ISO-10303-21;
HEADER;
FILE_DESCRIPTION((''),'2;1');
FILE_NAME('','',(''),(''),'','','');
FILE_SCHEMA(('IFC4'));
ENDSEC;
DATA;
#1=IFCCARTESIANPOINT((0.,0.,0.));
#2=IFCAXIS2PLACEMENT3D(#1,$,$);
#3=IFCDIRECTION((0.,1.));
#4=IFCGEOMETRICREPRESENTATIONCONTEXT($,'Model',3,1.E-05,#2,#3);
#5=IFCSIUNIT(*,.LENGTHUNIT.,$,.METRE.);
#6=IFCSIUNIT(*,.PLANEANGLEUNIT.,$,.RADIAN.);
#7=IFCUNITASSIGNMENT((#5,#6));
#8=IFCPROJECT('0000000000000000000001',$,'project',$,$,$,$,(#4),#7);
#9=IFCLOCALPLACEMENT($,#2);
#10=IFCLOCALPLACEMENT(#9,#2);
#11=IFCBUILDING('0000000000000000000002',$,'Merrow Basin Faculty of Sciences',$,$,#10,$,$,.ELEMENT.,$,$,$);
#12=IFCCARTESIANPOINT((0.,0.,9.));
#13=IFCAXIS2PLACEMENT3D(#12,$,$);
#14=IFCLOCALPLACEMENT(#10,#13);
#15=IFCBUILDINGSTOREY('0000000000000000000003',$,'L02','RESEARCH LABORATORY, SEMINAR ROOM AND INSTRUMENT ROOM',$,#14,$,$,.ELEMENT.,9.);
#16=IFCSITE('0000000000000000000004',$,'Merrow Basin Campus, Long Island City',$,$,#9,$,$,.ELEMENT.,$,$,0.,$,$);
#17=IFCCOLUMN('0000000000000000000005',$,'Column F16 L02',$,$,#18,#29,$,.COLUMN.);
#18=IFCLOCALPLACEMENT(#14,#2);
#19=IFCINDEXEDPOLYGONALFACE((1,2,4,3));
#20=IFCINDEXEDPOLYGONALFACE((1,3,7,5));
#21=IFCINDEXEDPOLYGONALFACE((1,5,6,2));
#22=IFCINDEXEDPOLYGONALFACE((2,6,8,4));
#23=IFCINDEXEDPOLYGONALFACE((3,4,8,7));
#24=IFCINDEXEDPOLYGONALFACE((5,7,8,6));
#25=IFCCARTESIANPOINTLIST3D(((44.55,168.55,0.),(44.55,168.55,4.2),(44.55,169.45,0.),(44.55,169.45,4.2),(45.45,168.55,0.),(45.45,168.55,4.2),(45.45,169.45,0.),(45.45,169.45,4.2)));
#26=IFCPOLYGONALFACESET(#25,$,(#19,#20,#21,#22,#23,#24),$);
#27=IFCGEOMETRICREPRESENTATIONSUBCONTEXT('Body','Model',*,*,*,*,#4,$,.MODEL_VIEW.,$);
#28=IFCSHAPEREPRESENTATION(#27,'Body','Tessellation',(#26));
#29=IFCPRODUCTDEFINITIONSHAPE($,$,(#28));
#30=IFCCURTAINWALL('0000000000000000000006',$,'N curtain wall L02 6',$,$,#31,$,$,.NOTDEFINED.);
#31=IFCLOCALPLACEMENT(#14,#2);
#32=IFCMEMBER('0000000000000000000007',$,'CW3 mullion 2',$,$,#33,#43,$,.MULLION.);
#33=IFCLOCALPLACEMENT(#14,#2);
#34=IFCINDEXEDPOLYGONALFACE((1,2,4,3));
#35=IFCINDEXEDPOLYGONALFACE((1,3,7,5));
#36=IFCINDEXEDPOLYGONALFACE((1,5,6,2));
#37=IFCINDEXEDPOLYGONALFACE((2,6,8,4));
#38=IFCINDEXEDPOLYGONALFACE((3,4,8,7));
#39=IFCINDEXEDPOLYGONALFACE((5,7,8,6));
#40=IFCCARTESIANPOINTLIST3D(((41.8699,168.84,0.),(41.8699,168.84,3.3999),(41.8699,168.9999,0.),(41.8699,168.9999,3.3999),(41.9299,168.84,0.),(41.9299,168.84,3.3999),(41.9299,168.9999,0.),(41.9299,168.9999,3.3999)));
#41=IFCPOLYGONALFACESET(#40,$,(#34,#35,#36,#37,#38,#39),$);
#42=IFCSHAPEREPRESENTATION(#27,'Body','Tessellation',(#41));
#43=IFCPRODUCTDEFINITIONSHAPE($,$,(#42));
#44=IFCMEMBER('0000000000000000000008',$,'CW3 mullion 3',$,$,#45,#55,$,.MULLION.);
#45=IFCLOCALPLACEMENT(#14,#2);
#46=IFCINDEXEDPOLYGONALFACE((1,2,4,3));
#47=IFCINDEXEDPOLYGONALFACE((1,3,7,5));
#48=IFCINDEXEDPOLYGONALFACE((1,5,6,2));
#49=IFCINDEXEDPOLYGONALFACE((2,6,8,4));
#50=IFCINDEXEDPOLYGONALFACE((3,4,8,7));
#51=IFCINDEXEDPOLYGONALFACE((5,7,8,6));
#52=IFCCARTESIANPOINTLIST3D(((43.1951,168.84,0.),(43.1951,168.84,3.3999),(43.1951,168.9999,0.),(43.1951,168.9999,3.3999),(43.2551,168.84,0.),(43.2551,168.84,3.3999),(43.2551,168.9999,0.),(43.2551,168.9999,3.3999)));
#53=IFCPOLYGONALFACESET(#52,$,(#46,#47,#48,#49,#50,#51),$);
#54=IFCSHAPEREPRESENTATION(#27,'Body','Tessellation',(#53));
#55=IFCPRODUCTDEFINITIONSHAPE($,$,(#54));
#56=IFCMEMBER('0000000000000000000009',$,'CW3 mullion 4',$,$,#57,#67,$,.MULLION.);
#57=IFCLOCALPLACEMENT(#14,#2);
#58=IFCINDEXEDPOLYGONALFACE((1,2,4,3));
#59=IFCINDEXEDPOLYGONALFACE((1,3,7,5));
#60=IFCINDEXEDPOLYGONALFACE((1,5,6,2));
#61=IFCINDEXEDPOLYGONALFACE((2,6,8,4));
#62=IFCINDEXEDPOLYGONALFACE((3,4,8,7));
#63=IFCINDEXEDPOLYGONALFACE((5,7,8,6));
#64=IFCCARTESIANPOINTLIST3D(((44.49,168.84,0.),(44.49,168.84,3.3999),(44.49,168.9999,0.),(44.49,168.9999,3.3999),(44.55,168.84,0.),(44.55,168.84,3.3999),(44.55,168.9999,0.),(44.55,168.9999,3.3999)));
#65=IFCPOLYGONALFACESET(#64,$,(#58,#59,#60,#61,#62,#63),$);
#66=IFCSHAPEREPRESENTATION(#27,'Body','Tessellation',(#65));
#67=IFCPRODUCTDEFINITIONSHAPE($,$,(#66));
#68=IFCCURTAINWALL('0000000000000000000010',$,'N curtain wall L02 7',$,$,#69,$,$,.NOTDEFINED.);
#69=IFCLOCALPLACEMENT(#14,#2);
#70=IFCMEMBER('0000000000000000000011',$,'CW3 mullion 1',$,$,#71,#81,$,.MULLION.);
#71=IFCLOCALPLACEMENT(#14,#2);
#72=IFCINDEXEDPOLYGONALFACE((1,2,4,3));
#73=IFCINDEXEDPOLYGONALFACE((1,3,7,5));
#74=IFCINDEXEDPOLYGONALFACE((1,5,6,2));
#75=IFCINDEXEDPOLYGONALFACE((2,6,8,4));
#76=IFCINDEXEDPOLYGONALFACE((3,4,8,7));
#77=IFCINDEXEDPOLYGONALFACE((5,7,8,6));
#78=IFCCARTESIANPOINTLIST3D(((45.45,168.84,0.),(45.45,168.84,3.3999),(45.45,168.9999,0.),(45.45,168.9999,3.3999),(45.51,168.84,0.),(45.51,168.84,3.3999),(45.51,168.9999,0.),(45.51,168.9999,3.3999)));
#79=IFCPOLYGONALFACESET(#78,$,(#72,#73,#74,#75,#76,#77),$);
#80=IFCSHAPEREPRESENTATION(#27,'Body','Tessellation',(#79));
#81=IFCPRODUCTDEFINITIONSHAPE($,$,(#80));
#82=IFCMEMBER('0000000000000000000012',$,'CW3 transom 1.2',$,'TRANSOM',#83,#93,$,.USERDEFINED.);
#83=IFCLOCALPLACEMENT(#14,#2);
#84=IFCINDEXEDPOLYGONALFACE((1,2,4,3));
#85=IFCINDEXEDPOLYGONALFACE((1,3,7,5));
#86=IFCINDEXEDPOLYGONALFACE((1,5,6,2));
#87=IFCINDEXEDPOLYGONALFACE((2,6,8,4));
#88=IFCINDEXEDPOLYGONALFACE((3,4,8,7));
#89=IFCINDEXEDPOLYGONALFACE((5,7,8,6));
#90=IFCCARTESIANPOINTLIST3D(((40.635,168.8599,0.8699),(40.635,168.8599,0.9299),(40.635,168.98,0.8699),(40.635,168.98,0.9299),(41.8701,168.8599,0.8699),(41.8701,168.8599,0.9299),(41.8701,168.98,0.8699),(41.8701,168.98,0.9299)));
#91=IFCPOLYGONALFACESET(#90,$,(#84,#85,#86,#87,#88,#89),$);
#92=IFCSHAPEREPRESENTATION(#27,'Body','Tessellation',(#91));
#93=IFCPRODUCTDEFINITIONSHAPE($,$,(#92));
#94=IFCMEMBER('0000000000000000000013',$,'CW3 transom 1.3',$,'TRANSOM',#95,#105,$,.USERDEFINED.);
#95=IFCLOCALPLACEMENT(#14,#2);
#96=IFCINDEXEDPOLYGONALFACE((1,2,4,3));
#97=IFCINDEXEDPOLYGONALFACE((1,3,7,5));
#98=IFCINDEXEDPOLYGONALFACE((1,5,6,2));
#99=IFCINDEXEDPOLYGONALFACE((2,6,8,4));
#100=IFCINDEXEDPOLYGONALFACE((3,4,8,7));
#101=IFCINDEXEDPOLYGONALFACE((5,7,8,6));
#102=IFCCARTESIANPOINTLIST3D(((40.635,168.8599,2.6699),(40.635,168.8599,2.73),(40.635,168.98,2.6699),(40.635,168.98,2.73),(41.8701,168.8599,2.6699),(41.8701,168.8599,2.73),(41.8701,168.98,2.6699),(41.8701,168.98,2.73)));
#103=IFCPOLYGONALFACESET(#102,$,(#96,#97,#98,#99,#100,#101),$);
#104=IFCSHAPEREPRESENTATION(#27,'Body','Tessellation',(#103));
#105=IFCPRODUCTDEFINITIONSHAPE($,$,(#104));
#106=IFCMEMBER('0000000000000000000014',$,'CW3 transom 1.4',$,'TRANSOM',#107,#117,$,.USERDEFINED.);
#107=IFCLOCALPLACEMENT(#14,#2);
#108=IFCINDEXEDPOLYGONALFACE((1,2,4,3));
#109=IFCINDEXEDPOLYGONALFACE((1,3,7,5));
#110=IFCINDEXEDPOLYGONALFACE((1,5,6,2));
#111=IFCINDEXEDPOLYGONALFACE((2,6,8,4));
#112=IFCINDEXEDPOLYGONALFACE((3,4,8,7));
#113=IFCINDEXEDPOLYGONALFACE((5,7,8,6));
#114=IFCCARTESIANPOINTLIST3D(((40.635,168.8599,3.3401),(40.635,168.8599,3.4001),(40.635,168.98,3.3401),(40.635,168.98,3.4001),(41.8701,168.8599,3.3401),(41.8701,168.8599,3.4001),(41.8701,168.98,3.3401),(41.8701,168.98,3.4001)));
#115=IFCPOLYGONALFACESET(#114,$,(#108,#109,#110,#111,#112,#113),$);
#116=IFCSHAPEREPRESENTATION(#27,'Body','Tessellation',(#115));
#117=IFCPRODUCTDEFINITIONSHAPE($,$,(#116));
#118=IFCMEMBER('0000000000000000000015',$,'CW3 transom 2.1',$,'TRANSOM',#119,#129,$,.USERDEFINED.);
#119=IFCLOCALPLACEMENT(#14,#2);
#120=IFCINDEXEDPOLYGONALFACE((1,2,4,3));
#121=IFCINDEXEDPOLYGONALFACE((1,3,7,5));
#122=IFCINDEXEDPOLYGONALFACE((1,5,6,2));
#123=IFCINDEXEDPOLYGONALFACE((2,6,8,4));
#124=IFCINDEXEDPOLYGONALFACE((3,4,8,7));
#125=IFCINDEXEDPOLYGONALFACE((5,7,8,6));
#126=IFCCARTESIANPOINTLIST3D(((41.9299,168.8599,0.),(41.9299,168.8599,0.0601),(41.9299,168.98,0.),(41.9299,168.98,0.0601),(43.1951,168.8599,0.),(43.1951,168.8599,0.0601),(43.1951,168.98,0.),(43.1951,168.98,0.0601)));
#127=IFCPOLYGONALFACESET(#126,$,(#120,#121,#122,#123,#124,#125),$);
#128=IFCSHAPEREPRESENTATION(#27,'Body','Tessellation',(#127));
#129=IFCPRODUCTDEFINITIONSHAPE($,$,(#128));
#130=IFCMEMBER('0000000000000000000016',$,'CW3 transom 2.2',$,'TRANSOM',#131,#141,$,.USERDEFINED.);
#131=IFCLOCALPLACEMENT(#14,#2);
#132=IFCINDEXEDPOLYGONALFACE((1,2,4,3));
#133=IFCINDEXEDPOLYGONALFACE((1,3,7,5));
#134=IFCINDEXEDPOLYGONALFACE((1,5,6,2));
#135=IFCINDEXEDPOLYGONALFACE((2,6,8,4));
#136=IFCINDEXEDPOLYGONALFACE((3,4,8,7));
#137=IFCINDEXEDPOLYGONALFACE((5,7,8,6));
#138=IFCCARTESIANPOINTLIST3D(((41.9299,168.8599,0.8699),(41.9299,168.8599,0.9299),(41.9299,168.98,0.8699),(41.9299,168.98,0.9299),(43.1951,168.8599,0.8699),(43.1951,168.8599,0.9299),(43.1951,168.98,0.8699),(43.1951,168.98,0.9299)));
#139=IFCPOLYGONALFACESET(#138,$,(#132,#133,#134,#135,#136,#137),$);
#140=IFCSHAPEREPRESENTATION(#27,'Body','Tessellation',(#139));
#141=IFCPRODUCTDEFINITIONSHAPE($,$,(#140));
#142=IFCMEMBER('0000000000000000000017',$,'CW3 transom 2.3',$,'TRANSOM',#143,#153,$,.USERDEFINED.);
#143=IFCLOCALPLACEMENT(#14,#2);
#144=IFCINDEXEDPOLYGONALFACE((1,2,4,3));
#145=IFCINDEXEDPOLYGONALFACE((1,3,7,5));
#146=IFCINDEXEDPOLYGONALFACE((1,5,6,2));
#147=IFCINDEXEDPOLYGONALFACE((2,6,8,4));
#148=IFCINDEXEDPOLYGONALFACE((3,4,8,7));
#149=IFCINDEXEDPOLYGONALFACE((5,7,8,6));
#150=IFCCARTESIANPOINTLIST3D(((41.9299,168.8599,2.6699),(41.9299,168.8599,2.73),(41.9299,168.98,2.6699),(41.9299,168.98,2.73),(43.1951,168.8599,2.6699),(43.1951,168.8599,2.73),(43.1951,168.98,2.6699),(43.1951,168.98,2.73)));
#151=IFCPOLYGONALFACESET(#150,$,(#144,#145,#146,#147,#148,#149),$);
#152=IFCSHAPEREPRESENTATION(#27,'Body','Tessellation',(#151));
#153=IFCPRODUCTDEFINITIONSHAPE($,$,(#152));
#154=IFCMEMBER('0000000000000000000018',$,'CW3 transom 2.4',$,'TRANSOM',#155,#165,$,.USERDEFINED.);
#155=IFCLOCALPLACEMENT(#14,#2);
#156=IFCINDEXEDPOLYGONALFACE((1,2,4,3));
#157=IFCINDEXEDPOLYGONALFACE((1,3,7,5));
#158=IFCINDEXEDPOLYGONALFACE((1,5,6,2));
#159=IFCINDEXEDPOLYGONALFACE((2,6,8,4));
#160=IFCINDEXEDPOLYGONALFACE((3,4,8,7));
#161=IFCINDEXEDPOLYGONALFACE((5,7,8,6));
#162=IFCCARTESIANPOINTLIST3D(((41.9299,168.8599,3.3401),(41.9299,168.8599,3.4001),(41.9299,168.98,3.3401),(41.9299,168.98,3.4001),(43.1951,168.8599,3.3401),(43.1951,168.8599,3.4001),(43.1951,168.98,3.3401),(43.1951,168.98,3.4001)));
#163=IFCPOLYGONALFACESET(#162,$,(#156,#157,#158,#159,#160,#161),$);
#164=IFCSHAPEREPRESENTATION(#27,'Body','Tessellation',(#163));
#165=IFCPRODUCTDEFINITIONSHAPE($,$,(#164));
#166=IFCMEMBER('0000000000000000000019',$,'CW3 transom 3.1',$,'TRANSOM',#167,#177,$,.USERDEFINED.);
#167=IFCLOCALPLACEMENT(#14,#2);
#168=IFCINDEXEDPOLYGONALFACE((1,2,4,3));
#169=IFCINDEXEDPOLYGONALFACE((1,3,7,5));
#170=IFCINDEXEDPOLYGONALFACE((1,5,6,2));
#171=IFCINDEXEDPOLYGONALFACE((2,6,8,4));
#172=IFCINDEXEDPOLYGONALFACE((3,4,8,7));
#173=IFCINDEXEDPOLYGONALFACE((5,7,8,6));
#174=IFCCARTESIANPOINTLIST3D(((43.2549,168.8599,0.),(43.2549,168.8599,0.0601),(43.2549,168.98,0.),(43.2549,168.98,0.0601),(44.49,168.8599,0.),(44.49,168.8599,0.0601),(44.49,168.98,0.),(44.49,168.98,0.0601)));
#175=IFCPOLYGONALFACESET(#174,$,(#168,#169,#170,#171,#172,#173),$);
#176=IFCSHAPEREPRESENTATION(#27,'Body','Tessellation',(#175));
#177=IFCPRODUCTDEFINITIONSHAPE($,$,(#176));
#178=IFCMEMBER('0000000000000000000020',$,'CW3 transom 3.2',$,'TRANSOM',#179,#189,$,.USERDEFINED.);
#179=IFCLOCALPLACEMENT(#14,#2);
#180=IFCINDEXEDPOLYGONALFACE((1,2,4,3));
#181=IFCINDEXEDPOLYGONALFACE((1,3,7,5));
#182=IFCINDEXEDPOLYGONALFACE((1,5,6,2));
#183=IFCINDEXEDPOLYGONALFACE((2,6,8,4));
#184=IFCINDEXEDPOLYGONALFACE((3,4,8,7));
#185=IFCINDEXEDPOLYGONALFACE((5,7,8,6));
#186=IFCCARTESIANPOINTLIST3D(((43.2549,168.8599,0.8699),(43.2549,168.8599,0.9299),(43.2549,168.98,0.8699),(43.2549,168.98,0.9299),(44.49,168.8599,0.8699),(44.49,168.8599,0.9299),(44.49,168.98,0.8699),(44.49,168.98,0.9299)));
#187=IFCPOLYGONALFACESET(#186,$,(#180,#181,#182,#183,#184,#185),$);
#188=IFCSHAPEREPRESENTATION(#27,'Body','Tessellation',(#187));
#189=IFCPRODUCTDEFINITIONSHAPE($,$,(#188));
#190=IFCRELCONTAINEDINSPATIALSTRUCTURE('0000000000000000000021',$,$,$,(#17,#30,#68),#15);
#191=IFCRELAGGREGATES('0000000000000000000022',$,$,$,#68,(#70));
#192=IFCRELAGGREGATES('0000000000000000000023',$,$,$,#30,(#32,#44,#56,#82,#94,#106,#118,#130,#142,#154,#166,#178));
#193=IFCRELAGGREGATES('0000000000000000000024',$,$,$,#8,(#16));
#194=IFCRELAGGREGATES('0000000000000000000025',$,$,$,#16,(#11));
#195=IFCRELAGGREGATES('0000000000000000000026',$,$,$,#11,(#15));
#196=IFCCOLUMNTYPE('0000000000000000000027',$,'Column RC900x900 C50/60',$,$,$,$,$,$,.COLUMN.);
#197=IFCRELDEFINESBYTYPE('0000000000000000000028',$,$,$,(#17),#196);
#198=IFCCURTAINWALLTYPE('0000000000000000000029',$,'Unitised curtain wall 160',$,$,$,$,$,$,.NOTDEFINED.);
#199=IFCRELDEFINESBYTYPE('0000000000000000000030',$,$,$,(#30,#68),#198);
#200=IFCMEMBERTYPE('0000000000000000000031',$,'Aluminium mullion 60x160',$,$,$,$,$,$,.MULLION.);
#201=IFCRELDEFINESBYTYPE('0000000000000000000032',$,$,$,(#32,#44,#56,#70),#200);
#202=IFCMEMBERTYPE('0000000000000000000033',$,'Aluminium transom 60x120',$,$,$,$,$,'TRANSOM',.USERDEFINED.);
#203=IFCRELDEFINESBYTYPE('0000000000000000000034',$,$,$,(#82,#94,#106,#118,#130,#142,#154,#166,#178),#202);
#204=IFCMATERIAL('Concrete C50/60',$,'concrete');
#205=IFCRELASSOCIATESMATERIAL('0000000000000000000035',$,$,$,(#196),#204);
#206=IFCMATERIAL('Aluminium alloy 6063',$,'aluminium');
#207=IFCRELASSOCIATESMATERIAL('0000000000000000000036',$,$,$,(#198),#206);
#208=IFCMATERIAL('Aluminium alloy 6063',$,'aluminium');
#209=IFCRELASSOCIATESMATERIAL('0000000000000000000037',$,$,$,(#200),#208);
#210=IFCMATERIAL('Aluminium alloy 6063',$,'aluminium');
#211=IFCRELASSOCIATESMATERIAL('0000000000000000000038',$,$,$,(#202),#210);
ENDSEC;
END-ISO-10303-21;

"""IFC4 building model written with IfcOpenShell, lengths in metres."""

from ifc_helpers import new_model, si_unit, direction, frame, origin, origin_2d, place, context, subcontext, project, spatial, rectangle, extrude, material, material_profile, profile_set, type_object, element, aggregate, save


model = new_model("IFC4")

# Units and contexts
model_context = context("Model", 3, precision=1e-05, world=origin(), true_north=direction((0.0, 1.0)))
body_context = subcontext(model_context, "Body", "Model", "MODEL_VIEW")
ifc_project = project(units=[si_unit("LENGTHUNIT", "METRE"), si_unit("PLANEANGLEUNIT", "RADIAN")], contexts=[model_context])

# Site, building, storey
site_placement = place(None, origin())
site = spatial("IfcSite", under=ifc_project, at=site_placement, Name="Merrow Basin Campus, Long Island City", CompositionType="ELEMENT", RefElevation=0.0)
building_placement = place(site_placement, origin())
building = spatial("IfcBuilding", under=site, at=building_placement, Name="Merrow Basin Faculty of Sciences", CompositionType="ELEMENT")
storey_placement = place(building_placement, frame((0.0, 0.0, 9.0)))
storey = spatial("IfcBuildingStorey", under=building, at=storey_placement, Name="L02", Description="RESEARCH LABORATORY, SEMINAR ROOM AND INSTRUMENT ROOM", CompositionType="ELEMENT", Elevation=9.0)

# Column
ifc_material_1 = material(Name="Concrete C50/60", Category="concrete")
ifc_material_profile_1 = material_profile(ifc_material_1, rectangle(XDim=0.8999, YDim=0.8999, at=origin_2d()))
ifc_profile_set_1 = profile_set([ifc_material_profile_1], Name="Concrete C50/60")
column_type = type_object("IfcColumnType", Name="Column RC900x900 C50/60", PredefinedType="COLUMN", material=ifc_profile_set_1)
column_placement = place(storey_placement, frame((45.0, 169.0, 0.0), z_axis=(0.0, 0.0, 1.0), x_axis=(1.0, 0.0, 0.0)))
element("IfcColumn", 1, at=column_placement, inside=storey, type_object=column_type, Name="Column F16 L02", PredefinedType="COLUMN", context=body_context, shape_type="SweptSolid", body=[
    extrude(rectangle(XDim=0.8999, YDim=0.8999, at=origin_2d()), origin(), (0.0, 0.0, 1.0), 4.2),
])

# Curtain wall, members
ifc_material_2 = material(Name="Aluminium alloy 6063", Category="aluminium")
curtain_wall_type = type_object("IfcCurtainWallType", Name="Unitised curtain wall 160", PredefinedType="NOTDEFINED", material=ifc_material_2)
curtain_wall_1_placement = place(storey_placement, origin())
curtain_wall_1 = element("IfcCurtainWall", 2, at=curtain_wall_1_placement, inside=storey, type_object=curtain_wall_type, Name="N curtain wall L02 6", PredefinedType="NOTDEFINED")
ifc_material_3 = material(Name="Aluminium alloy 6063", Category="aluminium")
ifc_material_profile_2 = material_profile(ifc_material_3, rectangle(XDim=0.1599, YDim=0.0601, at=origin_2d()))
ifc_profile_set_2 = profile_set([ifc_material_profile_2], Name="Aluminium alloy 6063")
member_type_1 = type_object("IfcMemberType", Name="Aluminium mullion 60x160", PredefinedType="MULLION", material=ifc_profile_set_2)
member_1_placement = place(storey_placement, frame((41.8999, 168.9199, 0.0), z_axis=(0.0, 0.0, 1.0), x_axis=(0.0, 1.0, 0.0)))
member_1 = element("IfcMember", 3, at=member_1_placement, type_object=member_type_1, Name="CW3 mullion 2", PredefinedType="MULLION", context=body_context, shape_type="SweptSolid", body=[
    extrude(rectangle(XDim=0.1599, YDim=0.0601, at=origin_2d()), origin(), (0.0, 0.0, 1.0), 3.3999),
])
member_2_placement = place(storey_placement, frame((43.2251, 168.9199, 0.0), z_axis=(0.0, 0.0, 1.0), x_axis=(0.0, 1.0, 0.0)))
member_2 = element("IfcMember", 4, at=member_2_placement, type_object=member_type_1, Name="CW3 mullion 3", PredefinedType="MULLION", context=body_context, shape_type="SweptSolid", body=[
    extrude(rectangle(XDim=0.1599, YDim=0.0601, at=origin_2d()), origin(), (0.0, 0.0, 1.0), 3.3999),
])
member_3_placement = place(storey_placement, frame((44.52, 168.9199, 0.0), z_axis=(0.0, 0.0, 1.0), x_axis=(0.0, 1.0, 0.0)))
member_3 = element("IfcMember", 5, at=member_3_placement, type_object=member_type_1, Name="CW3 mullion 4", PredefinedType="MULLION", context=body_context, shape_type="SweptSolid", body=[
    extrude(rectangle(XDim=0.1599, YDim=0.0601, at=origin_2d()), origin(), (0.0, 0.0, 1.0), 3.3999),
])

# Curtain wall, member
curtain_wall_2_placement = place(storey_placement, origin())
curtain_wall_2 = element("IfcCurtainWall", 6, at=curtain_wall_2_placement, inside=storey, type_object=curtain_wall_type, Name="N curtain wall L02 7", PredefinedType="NOTDEFINED")
member_4_placement = place(storey_placement, frame((45.48, 168.9199, 0.0), z_axis=(0.0, 0.0, 1.0), x_axis=(0.0, 1.0, 0.0)))
member_4 = element("IfcMember", 7, at=member_4_placement, type_object=member_type_1, Name="CW3 mullion 1", PredefinedType="MULLION", context=body_context, shape_type="SweptSolid", body=[
    extrude(rectangle(XDim=0.1599, YDim=0.0601, at=origin_2d()), origin(), (0.0, 0.0, 1.0), 3.3999),
])

# Members
ifc_material_4 = material(Name="Aluminium alloy 6063", Category="aluminium")
ifc_material_profile_3 = material_profile(ifc_material_4, rectangle(XDim=0.1201, YDim=0.0601, at=origin_2d()))
ifc_profile_set_3 = profile_set([ifc_material_profile_3], Name="Aluminium alloy 6063")
member_type_2 = type_object("IfcMemberType", Name="Aluminium transom 60x120", ElementType="TRANSOM", PredefinedType="USERDEFINED", material=ifc_profile_set_3)
member_5_placement = place(storey_placement, frame((40.635, 168.9199, 0.8999), z_axis=(1.0, 0.0, 0.0), x_axis=(0.0, 1.0, 0.0)))
member_5 = element("IfcMember", 8, at=member_5_placement, type_object=member_type_2, Name="CW3 transom 1.2", ObjectType="TRANSOM", PredefinedType="USERDEFINED", context=body_context, shape_type="SweptSolid", body=[
    extrude(rectangle(XDim=0.1201, YDim=0.0601, at=origin_2d()), origin(), (0.0, 0.0, 1.0), 1.2351),
])
member_6_placement = place(storey_placement, frame((40.635, 168.9199, 2.7), z_axis=(1.0, 0.0, 0.0), x_axis=(0.0, 1.0, 0.0)))
member_6 = element("IfcMember", 9, at=member_6_placement, type_object=member_type_2, Name="CW3 transom 1.3", ObjectType="TRANSOM", PredefinedType="USERDEFINED", context=body_context, shape_type="SweptSolid", body=[
    extrude(rectangle(XDim=0.1201, YDim=0.0601, at=origin_2d()), origin(), (0.0, 0.0, 1.0), 1.2351),
])
member_7_placement = place(storey_placement, frame((40.635, 168.9199, 3.3701), z_axis=(1.0, 0.0, 0.0), x_axis=(0.0, 1.0, 0.0)))
member_7 = element("IfcMember", 10, at=member_7_placement, type_object=member_type_2, Name="CW3 transom 1.4", ObjectType="TRANSOM", PredefinedType="USERDEFINED", context=body_context, shape_type="SweptSolid", body=[
    extrude(rectangle(XDim=0.1201, YDim=0.0601, at=origin_2d()), origin(), (0.0, 0.0, 1.0), 1.2351),
])
member_8_placement = place(storey_placement, frame((41.9299, 168.9199, 0.03), z_axis=(1.0, 0.0, 0.0), x_axis=(0.0, 1.0, 0.0)))
member_8 = element("IfcMember", 11, at=member_8_placement, type_object=member_type_2, Name="CW3 transom 2.1", ObjectType="TRANSOM", PredefinedType="USERDEFINED", context=body_context, shape_type="SweptSolid", body=[
    extrude(rectangle(XDim=0.1201, YDim=0.0601, at=origin_2d()), origin(), (0.0, 0.0, 1.0), 1.2651),
])
member_9_placement = place(storey_placement, frame((41.9299, 168.9199, 0.8999), z_axis=(1.0, 0.0, 0.0), x_axis=(0.0, 1.0, 0.0)))
member_9 = element("IfcMember", 12, at=member_9_placement, type_object=member_type_2, Name="CW3 transom 2.2", ObjectType="TRANSOM", PredefinedType="USERDEFINED", context=body_context, shape_type="SweptSolid", body=[
    extrude(rectangle(XDim=0.1201, YDim=0.0601, at=origin_2d()), origin(), (0.0, 0.0, 1.0), 1.2651),
])
member_10_placement = place(storey_placement, frame((41.9299, 168.9199, 2.7), z_axis=(1.0, 0.0, 0.0), x_axis=(0.0, 1.0, 0.0)))
member_10 = element("IfcMember", 13, at=member_10_placement, type_object=member_type_2, Name="CW3 transom 2.3", ObjectType="TRANSOM", PredefinedType="USERDEFINED", context=body_context, shape_type="SweptSolid", body=[
    extrude(rectangle(XDim=0.1201, YDim=0.0601, at=origin_2d()), origin(), (0.0, 0.0, 1.0), 1.2651),
])
member_11_placement = place(storey_placement, frame((41.9299, 168.9199, 3.3701), z_axis=(1.0, 0.0, 0.0), x_axis=(0.0, 1.0, 0.0)))
member_11 = element("IfcMember", 14, at=member_11_placement, type_object=member_type_2, Name="CW3 transom 2.4", ObjectType="TRANSOM", PredefinedType="USERDEFINED", context=body_context, shape_type="SweptSolid", body=[
    extrude(rectangle(XDim=0.1201, YDim=0.0601, at=origin_2d()), origin(), (0.0, 0.0, 1.0), 1.2651),
])
member_12_placement = place(storey_placement, frame((43.2549, 168.9199, 0.03), z_axis=(1.0, 0.0, 0.0), x_axis=(0.0, 1.0, 0.0)))
member_12 = element("IfcMember", 15, at=member_12_placement, type_object=member_type_2, Name="CW3 transom 3.1", ObjectType="TRANSOM", PredefinedType="USERDEFINED", context=body_context, shape_type="SweptSolid", body=[
    extrude(rectangle(XDim=0.1201, YDim=0.0601, at=origin_2d()), origin(), (0.0, 0.0, 1.0), 1.2351),
])
member_13_placement = place(storey_placement, frame((43.2549, 168.9199, 0.8999), z_axis=(1.0, 0.0, 0.0), x_axis=(0.0, 1.0, 0.0)))
member_13 = element("IfcMember", 16, at=member_13_placement, type_object=member_type_2, Name="CW3 transom 3.2", ObjectType="TRANSOM", PredefinedType="USERDEFINED", context=body_context, shape_type="SweptSolid", body=[
    extrude(rectangle(XDim=0.1201, YDim=0.0601, at=origin_2d()), origin(), (0.0, 0.0, 1.0), 1.2351),
])
aggregate(curtain_wall_2, [member_4])

aggregate(curtain_wall_1, [member_1, member_2, member_3, member_5, member_6, member_7, member_8, member_9, member_10, member_11, member_12, member_13])

save(model, "model.ifc")
